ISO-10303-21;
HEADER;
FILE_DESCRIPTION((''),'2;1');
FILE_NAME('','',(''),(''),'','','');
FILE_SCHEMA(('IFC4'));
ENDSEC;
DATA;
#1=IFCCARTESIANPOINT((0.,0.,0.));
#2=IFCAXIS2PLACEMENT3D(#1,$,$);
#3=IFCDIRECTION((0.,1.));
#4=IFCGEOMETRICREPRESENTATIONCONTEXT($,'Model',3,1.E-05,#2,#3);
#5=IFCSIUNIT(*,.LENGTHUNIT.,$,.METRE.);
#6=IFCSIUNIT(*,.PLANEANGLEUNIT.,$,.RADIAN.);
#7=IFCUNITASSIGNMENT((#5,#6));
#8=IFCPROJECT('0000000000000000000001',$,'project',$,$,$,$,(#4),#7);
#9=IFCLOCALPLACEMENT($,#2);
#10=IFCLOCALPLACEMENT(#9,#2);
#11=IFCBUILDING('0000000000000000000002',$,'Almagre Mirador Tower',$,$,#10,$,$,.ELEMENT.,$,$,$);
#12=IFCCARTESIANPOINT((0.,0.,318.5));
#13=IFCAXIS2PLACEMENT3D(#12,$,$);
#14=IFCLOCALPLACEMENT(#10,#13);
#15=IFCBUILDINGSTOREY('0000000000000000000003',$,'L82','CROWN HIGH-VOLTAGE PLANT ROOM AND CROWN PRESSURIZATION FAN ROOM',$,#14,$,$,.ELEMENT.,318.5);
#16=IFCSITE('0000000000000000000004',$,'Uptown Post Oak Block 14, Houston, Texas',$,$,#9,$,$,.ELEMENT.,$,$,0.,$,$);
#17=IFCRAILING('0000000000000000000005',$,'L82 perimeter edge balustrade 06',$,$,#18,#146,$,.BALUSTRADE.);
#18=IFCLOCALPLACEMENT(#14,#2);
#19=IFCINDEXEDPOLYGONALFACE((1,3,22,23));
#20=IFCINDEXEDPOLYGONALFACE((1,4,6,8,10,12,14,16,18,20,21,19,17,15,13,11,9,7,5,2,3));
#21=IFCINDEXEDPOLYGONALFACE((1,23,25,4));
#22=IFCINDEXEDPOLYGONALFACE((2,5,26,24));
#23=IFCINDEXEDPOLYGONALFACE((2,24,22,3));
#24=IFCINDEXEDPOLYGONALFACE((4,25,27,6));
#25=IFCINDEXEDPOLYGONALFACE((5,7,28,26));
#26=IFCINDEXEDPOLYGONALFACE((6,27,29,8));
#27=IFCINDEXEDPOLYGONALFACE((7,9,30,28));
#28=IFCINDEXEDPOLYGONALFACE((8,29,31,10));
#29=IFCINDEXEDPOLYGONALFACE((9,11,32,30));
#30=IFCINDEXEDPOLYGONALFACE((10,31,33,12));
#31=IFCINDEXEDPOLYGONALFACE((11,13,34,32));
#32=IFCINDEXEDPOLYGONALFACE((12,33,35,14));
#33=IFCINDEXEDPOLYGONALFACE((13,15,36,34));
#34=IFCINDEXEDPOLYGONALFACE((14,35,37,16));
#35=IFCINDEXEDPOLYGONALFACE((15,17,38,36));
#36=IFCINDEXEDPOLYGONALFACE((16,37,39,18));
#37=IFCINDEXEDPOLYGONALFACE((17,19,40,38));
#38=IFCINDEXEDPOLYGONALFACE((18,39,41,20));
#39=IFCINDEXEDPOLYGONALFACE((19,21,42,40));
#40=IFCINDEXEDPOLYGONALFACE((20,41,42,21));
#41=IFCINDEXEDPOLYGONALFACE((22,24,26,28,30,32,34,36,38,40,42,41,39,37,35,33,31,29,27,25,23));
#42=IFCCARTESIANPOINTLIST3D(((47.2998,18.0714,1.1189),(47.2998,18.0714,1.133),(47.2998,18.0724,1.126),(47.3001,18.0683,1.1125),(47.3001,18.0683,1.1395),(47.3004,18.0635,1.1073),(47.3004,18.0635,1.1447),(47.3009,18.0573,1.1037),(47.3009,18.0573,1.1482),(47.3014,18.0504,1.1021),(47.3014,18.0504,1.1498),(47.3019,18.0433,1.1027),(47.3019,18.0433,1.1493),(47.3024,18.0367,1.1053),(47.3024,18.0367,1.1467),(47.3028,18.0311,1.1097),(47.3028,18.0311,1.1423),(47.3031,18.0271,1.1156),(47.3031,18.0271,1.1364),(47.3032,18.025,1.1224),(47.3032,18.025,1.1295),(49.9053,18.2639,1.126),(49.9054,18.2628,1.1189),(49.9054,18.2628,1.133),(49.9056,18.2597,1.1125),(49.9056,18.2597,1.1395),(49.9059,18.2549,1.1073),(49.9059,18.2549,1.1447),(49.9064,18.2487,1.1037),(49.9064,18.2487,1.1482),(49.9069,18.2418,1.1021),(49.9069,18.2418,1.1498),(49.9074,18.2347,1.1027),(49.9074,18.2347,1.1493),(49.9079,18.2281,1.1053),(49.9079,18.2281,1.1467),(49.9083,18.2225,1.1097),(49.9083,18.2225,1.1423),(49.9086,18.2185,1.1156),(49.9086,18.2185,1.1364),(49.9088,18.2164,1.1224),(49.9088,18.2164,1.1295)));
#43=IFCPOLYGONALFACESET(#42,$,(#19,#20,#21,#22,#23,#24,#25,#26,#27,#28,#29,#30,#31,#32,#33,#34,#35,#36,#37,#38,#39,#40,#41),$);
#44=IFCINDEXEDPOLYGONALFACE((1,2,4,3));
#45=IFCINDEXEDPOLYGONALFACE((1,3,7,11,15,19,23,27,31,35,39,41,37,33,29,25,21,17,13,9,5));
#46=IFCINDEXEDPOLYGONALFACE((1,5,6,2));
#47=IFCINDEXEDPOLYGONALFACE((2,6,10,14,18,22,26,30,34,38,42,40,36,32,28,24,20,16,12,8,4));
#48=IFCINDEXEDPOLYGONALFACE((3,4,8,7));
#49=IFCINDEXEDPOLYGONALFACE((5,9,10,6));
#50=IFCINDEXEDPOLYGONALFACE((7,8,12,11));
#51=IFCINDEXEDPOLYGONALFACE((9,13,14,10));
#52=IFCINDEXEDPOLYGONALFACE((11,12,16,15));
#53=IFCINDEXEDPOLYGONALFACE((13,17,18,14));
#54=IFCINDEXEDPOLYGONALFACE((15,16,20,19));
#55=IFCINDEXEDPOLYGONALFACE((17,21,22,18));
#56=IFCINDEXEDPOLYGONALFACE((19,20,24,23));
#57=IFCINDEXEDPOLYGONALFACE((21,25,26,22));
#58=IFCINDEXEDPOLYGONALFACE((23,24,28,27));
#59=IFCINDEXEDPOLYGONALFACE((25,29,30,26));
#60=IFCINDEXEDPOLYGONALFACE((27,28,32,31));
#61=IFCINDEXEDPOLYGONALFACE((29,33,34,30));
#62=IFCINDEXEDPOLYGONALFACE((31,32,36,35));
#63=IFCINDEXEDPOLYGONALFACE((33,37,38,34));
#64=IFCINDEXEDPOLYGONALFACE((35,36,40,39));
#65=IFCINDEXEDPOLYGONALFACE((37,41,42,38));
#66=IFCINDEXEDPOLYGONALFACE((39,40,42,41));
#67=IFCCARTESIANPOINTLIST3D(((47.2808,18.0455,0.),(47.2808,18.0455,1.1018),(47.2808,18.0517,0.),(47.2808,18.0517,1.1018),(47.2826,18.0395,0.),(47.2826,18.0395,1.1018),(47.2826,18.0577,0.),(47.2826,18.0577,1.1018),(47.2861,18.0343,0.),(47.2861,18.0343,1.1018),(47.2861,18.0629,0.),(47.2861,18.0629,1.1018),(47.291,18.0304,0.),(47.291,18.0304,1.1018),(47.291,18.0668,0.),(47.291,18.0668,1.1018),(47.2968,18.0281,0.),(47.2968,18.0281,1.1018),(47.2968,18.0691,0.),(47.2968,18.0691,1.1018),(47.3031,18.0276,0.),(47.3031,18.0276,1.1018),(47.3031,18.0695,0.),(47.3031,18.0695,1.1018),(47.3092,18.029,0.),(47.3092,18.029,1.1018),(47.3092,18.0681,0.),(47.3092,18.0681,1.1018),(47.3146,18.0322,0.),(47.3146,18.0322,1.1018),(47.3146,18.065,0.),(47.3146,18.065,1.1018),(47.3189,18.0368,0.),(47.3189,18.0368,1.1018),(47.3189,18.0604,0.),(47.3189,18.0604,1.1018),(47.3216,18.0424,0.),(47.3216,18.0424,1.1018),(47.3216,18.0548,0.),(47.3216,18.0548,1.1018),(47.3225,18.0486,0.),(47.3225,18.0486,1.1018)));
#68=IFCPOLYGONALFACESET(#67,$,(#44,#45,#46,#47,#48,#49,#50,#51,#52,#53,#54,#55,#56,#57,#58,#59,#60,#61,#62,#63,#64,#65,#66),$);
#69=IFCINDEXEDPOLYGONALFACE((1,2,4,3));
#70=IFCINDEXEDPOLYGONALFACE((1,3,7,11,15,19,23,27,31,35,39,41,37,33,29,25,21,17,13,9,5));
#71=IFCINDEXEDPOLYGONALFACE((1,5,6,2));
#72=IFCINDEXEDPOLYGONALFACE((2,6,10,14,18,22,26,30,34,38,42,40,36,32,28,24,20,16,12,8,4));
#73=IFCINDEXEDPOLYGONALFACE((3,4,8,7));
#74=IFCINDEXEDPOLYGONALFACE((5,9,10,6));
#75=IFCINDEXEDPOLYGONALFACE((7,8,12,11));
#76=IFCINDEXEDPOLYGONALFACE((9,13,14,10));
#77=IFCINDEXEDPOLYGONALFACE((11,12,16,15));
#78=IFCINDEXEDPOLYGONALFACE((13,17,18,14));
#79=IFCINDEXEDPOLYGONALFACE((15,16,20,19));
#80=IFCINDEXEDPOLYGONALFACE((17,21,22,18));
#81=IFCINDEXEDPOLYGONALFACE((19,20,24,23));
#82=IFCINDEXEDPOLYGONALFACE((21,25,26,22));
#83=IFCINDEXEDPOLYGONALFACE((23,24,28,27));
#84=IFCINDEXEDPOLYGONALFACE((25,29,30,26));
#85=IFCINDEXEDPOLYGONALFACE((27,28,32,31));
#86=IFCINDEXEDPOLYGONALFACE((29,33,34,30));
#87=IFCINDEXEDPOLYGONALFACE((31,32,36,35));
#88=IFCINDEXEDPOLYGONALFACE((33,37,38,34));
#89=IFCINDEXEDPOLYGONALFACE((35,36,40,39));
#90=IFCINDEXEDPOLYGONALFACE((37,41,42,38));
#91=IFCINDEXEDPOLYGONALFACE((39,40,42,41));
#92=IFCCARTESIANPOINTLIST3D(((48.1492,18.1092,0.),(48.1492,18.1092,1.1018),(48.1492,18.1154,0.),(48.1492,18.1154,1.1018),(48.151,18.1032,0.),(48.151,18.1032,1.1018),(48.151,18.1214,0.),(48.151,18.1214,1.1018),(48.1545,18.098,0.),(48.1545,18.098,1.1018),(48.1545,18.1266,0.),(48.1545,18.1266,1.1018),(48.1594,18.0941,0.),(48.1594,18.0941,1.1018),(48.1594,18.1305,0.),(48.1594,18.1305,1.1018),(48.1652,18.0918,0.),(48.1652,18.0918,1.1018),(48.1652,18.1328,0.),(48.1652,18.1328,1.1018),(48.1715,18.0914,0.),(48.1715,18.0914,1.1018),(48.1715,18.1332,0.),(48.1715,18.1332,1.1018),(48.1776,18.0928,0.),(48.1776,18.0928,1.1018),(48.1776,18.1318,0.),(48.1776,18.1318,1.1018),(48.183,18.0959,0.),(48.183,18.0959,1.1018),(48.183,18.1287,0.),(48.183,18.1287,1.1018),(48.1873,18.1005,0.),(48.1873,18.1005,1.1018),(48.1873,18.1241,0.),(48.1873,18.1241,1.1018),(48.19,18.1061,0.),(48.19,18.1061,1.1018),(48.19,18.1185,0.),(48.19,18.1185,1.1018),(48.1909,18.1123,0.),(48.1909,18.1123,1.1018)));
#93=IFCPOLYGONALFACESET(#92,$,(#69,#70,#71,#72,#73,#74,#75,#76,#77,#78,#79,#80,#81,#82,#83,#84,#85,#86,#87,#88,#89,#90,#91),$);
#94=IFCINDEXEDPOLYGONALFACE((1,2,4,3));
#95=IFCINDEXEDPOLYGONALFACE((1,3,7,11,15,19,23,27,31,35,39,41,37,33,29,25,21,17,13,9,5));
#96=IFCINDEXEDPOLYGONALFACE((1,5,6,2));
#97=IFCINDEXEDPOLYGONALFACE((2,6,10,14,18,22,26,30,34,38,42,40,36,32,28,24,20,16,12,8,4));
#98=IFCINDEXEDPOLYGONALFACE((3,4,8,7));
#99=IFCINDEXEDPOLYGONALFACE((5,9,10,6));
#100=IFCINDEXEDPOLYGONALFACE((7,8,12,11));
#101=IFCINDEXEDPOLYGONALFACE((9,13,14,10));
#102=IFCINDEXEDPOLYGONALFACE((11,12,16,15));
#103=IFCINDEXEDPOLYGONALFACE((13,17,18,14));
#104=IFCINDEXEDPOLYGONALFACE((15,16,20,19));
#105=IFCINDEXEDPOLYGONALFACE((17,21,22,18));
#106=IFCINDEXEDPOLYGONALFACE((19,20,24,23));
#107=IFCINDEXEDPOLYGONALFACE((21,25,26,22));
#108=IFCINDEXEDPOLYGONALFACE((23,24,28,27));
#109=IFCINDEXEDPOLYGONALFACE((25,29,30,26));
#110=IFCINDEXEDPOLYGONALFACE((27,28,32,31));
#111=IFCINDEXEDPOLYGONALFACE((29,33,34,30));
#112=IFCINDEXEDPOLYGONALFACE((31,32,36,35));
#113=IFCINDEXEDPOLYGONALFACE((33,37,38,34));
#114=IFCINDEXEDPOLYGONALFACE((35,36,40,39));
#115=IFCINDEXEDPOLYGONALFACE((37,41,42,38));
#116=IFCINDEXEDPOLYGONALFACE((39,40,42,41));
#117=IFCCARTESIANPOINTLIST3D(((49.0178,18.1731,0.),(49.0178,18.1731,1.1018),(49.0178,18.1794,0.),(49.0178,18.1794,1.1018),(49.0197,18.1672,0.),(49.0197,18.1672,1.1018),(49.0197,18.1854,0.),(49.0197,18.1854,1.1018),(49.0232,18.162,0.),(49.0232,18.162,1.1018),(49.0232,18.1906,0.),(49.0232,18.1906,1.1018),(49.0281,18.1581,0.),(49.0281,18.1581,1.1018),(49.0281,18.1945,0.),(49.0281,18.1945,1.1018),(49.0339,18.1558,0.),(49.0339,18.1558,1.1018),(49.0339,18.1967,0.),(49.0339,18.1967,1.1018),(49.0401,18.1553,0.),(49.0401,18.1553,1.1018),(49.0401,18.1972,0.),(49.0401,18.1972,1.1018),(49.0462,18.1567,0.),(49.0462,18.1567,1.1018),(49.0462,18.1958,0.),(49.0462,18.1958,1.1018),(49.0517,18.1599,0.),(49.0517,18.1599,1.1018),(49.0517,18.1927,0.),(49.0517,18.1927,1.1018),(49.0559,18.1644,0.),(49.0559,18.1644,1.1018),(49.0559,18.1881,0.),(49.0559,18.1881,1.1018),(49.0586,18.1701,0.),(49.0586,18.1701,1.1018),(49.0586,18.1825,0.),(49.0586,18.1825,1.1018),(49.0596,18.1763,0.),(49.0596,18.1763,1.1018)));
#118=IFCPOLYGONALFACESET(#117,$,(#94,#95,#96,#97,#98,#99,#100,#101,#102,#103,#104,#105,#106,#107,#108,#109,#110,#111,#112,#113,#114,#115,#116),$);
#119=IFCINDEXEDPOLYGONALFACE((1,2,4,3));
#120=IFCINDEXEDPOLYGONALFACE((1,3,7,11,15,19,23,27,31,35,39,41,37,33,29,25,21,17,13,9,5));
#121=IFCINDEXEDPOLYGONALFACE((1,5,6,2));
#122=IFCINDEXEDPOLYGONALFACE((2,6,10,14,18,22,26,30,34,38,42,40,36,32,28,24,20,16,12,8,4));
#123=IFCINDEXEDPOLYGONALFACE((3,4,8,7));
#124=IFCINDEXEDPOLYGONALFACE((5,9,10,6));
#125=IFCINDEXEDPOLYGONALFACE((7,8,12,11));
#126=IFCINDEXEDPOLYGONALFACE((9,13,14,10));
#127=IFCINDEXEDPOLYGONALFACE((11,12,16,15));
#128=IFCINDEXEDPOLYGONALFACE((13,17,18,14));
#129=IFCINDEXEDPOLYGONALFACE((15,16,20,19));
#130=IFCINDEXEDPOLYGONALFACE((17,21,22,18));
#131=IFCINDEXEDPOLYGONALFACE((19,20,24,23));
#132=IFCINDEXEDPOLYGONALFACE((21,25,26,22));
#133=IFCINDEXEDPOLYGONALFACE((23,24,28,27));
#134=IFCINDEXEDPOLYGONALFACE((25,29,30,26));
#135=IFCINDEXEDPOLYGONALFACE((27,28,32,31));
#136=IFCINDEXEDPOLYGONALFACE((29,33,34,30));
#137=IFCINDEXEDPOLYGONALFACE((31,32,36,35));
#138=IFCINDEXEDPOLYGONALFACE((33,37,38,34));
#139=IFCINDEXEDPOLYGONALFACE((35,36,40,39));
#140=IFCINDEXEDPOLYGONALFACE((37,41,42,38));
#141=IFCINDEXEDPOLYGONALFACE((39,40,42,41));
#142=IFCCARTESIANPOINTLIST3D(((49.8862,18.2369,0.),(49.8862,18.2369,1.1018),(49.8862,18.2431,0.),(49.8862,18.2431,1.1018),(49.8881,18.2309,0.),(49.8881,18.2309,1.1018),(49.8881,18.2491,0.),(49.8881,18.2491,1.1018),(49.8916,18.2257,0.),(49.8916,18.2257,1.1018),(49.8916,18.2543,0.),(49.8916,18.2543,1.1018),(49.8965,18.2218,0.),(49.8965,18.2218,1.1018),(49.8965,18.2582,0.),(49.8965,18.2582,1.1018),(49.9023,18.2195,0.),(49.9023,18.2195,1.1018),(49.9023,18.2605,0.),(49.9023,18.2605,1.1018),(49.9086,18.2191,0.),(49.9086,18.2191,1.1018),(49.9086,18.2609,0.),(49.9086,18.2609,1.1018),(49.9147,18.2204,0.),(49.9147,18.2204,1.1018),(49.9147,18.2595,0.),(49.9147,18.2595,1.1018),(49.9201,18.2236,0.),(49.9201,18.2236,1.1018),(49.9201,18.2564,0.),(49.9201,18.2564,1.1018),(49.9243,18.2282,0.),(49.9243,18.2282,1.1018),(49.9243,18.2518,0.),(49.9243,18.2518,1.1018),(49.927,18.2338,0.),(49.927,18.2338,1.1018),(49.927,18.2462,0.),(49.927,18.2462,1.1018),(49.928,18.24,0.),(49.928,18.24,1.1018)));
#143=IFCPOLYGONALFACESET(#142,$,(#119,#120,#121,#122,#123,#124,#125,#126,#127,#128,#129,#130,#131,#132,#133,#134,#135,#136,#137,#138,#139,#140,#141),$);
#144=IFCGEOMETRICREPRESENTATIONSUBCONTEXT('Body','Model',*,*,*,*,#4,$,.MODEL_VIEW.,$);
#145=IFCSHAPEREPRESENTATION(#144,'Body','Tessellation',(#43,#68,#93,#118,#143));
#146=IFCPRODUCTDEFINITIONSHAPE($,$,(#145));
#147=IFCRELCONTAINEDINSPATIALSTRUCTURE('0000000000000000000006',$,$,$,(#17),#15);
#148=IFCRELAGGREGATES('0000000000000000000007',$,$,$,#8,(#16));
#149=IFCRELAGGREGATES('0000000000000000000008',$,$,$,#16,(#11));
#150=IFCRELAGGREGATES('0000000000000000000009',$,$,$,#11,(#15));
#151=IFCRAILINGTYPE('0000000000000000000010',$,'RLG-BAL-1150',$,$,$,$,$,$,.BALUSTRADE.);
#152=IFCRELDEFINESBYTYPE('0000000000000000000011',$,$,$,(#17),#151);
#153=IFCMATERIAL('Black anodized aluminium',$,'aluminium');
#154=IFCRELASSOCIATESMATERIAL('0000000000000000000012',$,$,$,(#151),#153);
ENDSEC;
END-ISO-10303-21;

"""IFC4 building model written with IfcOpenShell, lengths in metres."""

from ifc_helpers import new_model, si_unit, direction, frame, origin, origin_2d, place, context, subcontext, project, spatial, circle, extrude, material, type_object, element, save


model = new_model("IFC4")

# Units and contexts
model_context = context("Model", 3, precision=1e-05, world=origin(), true_north=direction((0.0, 1.0)))
body_context = subcontext(model_context, "Body", "Model", "MODEL_VIEW")
ifc_project = project(units=[si_unit("LENGTHUNIT", "METRE"), si_unit("PLANEANGLEUNIT", "RADIAN")], contexts=[model_context])

# Site, building, storey
site_placement = place(None, origin())
site = spatial("IfcSite", under=ifc_project, at=site_placement, Name="Uptown Post Oak Block 14, Houston, Texas", CompositionType="ELEMENT", RefElevation=0.0)
building_placement = place(site_placement, origin())
building = spatial("IfcBuilding", under=site, at=building_placement, Name="Almagre Mirador Tower", CompositionType="ELEMENT")
storey_placement = place(building_placement, frame((0.0, 0.0, 318.5)))
storey = spatial("IfcBuildingStorey", under=building, at=storey_placement, Name="L82", Description="CROWN HIGH-VOLTAGE PLANT ROOM AND CROWN PRESSURIZATION FAN ROOM", CompositionType="ELEMENT", Elevation=318.5)

# Railing
ifc_material_1 = material(Name="Black anodized aluminium", Category="aluminium")
railing_type = type_object("IfcRailingType", Name="RLG-BAL-1150", PredefinedType="BALUSTRADE", material=ifc_material_1)
railing_1_placement = place(storey_placement, frame((47.3015, 18.0486, 0.0)))
element("IfcRailing", 1, at=railing_1_placement, inside=storey, type_object=railing_type, Name="L82 perimeter edge balustrade 06", PredefinedType="BALUSTRADE", context=body_context, shape_type="SweptSolid", body=[
    extrude(circle(Radius=0.0239, at=origin_2d()), frame((0.0, 0.0, 1.126), z_axis=(0.997312, 0.073266, 0.0), x_axis=(-0.073266, 0.997312, 0.0)), (0.0, 0.0, 1.0), 2.6125),
    extrude(circle(Radius=0.021, at=origin_2d()), origin(), (0.0, 0.0, 1.0), 1.1018),
    extrude(circle(Radius=0.021, at=origin_2d()), frame((0.8684, 0.0637, 0.0)), (0.0, 0.0, 1.0), 1.1018),
    extrude(circle(Radius=0.021, at=origin_2d()), frame((1.7371, 0.1277, 0.0)), (0.0, 0.0, 1.0), 1.1018),
    extrude(circle(Radius=0.021, at=origin_2d()), frame((2.6055, 0.1914, 0.0)), (0.0, 0.0, 1.0), 1.1018),
])

save(model, "model.ifc")
